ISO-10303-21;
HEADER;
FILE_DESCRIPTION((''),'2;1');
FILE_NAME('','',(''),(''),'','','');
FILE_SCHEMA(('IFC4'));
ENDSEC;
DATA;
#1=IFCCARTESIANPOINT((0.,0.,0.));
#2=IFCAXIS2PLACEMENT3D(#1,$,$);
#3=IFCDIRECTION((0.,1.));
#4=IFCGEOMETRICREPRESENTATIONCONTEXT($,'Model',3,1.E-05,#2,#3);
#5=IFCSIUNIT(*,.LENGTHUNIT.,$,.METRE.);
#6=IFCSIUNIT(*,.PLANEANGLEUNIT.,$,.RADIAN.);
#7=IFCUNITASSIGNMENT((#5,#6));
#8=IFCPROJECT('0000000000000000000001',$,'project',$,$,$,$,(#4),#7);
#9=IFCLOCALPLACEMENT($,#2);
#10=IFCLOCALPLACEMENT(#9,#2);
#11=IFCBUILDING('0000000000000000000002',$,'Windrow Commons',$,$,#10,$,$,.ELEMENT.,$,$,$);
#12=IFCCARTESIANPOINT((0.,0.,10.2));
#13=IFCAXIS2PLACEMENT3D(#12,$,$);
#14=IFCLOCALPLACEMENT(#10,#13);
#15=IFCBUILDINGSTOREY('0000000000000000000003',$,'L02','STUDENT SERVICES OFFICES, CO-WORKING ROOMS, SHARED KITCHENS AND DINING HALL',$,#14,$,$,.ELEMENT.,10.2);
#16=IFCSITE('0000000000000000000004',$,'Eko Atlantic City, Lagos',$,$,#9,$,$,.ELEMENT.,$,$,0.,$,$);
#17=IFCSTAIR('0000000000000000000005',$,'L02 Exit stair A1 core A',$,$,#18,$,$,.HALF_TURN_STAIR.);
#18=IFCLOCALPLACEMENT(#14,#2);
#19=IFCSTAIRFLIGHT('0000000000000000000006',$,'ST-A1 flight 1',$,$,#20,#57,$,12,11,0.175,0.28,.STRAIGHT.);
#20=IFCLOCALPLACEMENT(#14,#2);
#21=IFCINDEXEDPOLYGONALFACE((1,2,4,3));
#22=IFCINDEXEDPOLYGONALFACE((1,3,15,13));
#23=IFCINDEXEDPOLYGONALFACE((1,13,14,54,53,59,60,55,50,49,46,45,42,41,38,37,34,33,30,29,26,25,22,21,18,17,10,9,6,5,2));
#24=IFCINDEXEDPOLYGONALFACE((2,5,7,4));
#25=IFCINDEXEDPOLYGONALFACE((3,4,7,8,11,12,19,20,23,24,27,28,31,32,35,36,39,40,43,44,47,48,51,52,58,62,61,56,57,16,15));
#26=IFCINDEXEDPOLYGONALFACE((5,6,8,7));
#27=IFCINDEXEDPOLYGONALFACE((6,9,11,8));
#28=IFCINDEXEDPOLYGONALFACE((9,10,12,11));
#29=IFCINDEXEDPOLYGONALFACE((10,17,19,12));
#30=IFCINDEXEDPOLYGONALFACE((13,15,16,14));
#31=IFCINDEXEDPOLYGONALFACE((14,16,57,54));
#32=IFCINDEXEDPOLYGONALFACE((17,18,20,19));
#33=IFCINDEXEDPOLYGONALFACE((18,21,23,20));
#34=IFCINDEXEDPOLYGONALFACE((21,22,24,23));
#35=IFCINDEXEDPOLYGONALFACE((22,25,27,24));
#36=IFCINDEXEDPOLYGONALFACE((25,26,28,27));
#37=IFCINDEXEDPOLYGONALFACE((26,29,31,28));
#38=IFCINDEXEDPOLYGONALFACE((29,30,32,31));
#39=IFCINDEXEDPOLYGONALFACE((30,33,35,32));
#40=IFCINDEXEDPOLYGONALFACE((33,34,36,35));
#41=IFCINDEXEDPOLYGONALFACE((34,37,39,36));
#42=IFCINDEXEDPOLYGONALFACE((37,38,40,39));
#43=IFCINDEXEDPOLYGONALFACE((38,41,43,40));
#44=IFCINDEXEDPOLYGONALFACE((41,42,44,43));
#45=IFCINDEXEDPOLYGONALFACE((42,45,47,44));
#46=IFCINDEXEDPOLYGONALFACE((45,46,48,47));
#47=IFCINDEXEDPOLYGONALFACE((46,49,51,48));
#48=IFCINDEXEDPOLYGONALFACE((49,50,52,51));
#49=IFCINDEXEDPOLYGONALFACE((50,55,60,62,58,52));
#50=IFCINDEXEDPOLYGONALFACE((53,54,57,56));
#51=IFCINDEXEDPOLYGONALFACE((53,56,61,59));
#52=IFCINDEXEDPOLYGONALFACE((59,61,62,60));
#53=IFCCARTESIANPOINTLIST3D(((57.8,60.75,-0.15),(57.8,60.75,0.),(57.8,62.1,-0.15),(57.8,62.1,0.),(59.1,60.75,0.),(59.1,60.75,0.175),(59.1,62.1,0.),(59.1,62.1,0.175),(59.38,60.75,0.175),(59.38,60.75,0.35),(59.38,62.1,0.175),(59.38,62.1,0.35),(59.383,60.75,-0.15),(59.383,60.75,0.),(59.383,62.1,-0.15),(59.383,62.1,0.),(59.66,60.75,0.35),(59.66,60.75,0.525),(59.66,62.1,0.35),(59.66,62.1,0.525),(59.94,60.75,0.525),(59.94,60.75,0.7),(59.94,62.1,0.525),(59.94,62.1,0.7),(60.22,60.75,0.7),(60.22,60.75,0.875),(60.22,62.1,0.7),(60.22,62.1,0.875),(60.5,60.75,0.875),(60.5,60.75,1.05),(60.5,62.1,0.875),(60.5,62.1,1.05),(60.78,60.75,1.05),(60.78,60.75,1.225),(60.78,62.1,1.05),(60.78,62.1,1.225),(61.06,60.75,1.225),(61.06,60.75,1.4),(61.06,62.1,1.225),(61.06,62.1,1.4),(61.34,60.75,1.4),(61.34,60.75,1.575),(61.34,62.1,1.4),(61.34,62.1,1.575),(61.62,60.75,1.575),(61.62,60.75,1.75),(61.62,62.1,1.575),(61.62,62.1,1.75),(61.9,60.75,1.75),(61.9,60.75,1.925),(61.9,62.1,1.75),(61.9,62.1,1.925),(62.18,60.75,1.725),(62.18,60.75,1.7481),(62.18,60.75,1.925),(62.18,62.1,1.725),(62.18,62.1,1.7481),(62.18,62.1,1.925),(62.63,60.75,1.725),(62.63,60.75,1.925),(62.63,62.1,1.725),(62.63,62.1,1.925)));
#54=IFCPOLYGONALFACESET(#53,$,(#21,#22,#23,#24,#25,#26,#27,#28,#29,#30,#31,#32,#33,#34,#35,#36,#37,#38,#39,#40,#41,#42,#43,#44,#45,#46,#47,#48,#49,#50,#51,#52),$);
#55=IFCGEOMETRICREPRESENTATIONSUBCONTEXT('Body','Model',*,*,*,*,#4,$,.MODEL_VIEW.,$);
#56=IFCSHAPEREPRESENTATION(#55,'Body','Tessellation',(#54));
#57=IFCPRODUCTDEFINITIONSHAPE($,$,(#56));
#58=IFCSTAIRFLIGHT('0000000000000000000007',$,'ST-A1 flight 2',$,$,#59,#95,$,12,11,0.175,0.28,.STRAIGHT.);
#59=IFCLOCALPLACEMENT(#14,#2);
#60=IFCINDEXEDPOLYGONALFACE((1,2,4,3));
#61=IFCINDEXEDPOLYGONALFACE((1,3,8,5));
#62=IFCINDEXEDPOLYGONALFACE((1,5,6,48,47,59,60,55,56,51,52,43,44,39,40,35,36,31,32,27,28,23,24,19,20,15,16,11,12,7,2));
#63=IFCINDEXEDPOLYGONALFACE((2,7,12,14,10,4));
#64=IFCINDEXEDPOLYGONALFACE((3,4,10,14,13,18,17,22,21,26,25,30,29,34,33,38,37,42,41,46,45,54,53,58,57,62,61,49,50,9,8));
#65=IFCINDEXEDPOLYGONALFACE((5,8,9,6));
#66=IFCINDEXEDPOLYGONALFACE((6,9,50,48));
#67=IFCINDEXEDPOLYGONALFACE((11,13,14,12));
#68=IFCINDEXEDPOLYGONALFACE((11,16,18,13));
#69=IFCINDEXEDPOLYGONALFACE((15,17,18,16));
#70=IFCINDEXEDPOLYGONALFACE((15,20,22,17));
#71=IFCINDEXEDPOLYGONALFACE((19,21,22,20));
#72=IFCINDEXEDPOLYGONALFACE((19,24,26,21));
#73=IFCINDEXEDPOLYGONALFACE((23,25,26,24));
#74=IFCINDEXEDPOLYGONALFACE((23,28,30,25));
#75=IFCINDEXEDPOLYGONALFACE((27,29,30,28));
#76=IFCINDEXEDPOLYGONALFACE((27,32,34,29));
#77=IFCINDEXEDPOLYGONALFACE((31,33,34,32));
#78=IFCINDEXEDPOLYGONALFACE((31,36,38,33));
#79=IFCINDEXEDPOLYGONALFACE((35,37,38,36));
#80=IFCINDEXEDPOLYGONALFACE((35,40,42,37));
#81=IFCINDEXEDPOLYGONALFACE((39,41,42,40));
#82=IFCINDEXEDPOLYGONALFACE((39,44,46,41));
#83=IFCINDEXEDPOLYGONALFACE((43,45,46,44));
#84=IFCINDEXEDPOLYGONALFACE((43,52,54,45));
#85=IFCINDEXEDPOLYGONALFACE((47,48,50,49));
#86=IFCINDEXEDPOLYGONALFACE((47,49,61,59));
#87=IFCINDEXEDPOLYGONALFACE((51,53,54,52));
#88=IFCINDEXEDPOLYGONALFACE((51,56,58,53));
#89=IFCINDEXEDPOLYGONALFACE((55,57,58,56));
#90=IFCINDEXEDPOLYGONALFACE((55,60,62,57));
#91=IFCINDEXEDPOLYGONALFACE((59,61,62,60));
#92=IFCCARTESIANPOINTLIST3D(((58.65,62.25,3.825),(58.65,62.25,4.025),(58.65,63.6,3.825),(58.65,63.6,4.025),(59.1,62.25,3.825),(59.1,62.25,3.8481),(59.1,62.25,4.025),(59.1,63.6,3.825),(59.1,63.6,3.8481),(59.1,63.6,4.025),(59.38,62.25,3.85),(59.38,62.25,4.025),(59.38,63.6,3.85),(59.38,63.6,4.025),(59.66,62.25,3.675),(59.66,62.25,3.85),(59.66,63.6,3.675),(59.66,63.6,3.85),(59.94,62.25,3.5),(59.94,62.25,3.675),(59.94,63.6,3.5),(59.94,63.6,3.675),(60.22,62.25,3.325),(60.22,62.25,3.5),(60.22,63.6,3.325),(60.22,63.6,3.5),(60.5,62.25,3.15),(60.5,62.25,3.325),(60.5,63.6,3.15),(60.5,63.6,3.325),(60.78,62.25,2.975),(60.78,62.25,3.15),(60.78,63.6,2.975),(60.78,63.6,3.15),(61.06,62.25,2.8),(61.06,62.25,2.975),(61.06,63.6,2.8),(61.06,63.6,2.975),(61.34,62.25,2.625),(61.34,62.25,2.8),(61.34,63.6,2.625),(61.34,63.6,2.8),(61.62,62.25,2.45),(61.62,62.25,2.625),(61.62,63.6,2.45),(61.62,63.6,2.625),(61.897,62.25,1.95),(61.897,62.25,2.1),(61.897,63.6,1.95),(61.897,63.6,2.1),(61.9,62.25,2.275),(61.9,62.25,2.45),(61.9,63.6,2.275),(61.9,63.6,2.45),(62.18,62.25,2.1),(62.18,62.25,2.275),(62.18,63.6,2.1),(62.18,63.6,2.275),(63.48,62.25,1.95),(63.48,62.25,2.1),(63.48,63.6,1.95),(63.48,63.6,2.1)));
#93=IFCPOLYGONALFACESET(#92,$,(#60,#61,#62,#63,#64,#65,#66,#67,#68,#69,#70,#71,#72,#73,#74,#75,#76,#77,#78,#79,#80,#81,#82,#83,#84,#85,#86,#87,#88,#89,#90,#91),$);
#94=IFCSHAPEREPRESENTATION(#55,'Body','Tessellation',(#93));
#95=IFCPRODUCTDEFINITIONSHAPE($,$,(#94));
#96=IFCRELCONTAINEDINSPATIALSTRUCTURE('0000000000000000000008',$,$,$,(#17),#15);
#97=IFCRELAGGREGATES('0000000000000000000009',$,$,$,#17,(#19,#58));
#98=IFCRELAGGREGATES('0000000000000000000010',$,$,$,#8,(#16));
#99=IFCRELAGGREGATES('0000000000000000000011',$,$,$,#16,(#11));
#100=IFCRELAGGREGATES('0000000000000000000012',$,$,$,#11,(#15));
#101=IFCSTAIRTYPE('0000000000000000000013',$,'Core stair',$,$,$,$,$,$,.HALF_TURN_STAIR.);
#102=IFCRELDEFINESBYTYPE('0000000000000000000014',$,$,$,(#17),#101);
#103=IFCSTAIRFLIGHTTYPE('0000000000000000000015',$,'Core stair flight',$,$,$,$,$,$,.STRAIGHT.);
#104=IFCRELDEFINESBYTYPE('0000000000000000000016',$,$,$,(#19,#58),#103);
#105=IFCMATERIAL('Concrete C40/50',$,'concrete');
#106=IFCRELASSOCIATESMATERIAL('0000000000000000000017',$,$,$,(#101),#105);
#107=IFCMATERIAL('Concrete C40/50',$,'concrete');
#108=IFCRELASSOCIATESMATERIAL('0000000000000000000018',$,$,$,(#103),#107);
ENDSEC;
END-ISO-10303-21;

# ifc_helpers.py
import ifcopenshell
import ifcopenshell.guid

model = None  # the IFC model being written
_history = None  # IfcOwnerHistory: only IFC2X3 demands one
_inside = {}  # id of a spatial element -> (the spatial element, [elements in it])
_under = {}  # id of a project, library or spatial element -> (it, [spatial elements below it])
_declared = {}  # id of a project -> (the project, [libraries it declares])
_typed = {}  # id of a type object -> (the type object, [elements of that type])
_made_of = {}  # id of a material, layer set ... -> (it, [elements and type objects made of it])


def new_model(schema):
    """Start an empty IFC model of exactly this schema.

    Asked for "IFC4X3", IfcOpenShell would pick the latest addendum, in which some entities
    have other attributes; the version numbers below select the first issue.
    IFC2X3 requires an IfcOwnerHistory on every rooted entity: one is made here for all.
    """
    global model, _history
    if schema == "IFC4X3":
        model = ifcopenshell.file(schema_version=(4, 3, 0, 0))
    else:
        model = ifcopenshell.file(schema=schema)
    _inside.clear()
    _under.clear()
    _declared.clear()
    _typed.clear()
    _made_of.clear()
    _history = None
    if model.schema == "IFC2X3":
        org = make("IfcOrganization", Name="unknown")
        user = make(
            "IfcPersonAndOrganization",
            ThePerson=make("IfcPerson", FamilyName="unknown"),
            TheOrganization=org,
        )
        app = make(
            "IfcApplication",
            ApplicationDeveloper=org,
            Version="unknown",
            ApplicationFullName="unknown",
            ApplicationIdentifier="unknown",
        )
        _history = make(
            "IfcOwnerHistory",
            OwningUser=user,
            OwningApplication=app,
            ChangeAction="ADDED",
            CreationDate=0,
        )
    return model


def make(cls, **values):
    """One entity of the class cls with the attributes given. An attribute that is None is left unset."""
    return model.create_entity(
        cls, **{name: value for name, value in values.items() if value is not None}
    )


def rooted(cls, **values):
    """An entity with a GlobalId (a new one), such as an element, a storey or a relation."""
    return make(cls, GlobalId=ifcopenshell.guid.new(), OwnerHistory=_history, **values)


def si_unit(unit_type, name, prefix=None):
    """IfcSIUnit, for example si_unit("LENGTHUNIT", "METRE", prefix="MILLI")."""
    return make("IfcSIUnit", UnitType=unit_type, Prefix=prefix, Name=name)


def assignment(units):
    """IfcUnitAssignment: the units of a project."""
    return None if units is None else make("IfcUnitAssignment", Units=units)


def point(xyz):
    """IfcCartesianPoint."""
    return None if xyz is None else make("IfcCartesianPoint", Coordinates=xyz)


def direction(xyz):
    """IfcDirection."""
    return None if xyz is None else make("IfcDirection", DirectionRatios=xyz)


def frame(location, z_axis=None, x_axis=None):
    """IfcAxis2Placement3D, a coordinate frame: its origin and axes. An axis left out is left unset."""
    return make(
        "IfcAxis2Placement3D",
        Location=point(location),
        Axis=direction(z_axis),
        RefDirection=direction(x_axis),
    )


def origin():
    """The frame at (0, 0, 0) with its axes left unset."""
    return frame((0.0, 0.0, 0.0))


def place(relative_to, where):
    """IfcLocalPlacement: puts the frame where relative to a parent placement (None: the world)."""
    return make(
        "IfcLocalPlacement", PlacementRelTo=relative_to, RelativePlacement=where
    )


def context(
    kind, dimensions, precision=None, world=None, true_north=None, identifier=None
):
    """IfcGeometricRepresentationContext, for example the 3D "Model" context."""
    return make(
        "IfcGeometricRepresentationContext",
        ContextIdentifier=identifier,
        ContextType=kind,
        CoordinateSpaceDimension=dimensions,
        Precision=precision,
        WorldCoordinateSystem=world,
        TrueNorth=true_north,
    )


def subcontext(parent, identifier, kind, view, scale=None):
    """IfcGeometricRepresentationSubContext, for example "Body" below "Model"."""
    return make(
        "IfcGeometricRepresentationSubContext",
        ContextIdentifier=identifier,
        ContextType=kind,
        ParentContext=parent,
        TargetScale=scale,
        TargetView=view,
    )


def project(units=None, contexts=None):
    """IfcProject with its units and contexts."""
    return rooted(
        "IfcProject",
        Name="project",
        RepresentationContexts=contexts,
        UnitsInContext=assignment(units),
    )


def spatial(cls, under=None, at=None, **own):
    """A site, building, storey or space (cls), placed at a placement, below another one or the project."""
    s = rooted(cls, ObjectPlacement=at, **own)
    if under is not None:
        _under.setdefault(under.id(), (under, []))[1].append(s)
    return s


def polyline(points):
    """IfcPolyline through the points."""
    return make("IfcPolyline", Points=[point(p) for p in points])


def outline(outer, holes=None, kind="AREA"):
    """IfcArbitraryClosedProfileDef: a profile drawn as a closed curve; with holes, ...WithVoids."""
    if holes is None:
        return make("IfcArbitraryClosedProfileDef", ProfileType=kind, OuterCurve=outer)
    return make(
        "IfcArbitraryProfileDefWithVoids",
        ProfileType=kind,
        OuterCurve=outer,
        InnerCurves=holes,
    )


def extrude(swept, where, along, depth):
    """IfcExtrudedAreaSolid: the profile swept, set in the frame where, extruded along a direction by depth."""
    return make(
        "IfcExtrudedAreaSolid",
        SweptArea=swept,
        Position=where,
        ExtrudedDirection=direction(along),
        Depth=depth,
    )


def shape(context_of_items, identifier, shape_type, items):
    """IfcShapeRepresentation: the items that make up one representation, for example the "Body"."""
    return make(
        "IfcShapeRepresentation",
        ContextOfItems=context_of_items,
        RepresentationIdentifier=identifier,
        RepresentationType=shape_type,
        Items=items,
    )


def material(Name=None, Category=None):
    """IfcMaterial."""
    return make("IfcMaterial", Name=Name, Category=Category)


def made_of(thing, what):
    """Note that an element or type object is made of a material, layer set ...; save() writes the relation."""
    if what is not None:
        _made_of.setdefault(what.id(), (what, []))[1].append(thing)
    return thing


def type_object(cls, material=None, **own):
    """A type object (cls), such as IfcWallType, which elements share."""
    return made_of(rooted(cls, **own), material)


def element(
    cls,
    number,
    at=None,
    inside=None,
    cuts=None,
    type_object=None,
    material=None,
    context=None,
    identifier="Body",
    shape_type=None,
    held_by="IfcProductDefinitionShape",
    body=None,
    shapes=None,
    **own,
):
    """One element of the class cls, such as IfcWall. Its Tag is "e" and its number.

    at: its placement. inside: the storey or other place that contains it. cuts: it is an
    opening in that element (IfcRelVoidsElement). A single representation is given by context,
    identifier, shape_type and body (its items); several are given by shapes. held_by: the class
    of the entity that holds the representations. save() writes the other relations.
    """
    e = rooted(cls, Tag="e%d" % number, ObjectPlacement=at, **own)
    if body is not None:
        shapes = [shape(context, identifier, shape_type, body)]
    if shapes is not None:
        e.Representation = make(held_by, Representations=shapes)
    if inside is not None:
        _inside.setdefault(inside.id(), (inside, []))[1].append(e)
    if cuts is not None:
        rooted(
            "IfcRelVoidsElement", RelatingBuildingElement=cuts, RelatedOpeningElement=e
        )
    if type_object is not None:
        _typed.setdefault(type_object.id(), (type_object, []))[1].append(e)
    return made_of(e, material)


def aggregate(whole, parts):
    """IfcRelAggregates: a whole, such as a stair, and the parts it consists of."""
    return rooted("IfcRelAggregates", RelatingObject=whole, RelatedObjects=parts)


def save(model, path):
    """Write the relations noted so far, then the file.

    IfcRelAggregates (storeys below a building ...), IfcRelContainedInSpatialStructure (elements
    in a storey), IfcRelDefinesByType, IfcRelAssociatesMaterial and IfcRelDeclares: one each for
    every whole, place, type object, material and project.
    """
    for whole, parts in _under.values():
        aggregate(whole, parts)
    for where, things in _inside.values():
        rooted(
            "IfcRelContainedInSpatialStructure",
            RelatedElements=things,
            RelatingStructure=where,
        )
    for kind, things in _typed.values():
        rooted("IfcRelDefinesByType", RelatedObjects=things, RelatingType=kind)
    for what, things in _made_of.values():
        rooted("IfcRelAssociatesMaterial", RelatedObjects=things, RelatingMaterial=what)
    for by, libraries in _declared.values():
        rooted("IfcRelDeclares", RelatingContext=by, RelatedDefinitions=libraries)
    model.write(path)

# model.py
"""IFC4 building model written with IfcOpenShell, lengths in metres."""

from ifc_helpers import new_model, si_unit, direction, frame, origin, place, context, subcontext, project, spatial, polyline, outline, extrude, material, type_object, element, aggregate, save


model = new_model("IFC4")

# Units and contexts
model_context = context("Model", 3, precision=1e-05, world=origin(), true_north=direction((0.0, 1.0)))
body_context = subcontext(model_context, "Body", "Model", "MODEL_VIEW")
ifc_project = project(units=[si_unit("LENGTHUNIT", "METRE"), si_unit("PLANEANGLEUNIT", "RADIAN")], contexts=[model_context])

# Site, building, storey
site_placement = place(None, origin())
site = spatial("IfcSite", under=ifc_project, at=site_placement, Name="Eko Atlantic City, Lagos", CompositionType="ELEMENT", RefElevation=0.0)
building_placement = place(site_placement, origin())
building = spatial("IfcBuilding", under=site, at=building_placement, Name="Windrow Commons", CompositionType="ELEMENT")
storey_placement = place(building_placement, frame((0.0, 0.0, 10.2)))
storey = spatial("IfcBuildingStorey", under=building, at=storey_placement, Name="L02", Description="STUDENT SERVICES OFFICES, CO-WORKING ROOMS, SHARED KITCHENS AND DINING HALL", CompositionType="ELEMENT", Elevation=10.2)

# Stair, stair flights
ifc_material_1 = material(Name="Concrete C40/50", Category="concrete")
stair_type = type_object("IfcStairType", Name="Core stair", PredefinedType="HALF_TURN_STAIR", material=ifc_material_1)
stair_placement = place(storey_placement, origin())
stair = element("IfcStair", 1, at=stair_placement, inside=storey, type_object=stair_type, Name="L02 Exit stair A1 core A", PredefinedType="HALF_TURN_STAIR")
ifc_material_2 = material(Name="Concrete C40/50", Category="concrete")
stair_flight_type = type_object("IfcStairFlightType", Name="Core stair flight", PredefinedType="STRAIGHT", material=ifc_material_2)
stair_flight_1_placement = place(storey_placement, frame((59.1, 61.425, 0.0), z_axis=(0.0, 0.0, 1.0), x_axis=(1.0, 0.0, 0.0)))
stair_flight_1 = element("IfcStairFlight", 2, at=stair_flight_1_placement, type_object=stair_flight_type, Name="ST-A1 flight 1", NumberOfRisers=12, NumberOfTreads=11, PredefinedType="STRAIGHT", RiserHeight=0.175, TreadLength=0.28, context=body_context, shape_type="SweptSolid", body=[
    extrude(outline(polyline([(-1.3, -0.15), (-1.3, 0.0), (0.0, 0.0), (0.0, 0.175), (0.28, 0.175), (0.28, 0.35), (0.56, 0.35), (0.56, 0.525), (0.84, 0.525), (0.84, 0.7), (1.12, 0.7), (1.12, 0.875), (1.4, 0.875), (1.4, 1.05), (1.68, 1.05), (1.68, 1.225), (1.96, 1.225), (1.96, 1.4), (2.24, 1.4), (2.24, 1.575), (2.52, 1.575), (2.52, 1.75), (2.8, 1.75), (2.8, 1.925), (3.08, 1.925), (3.53, 1.925), (3.53, 1.725), (3.08, 1.725), (3.08, 1.7481), (0.283, 0.0), (0.283, -0.15), (-1.3, -0.15)])), frame((0.0, 0.675, 0.0), z_axis=(0.0, -1.0, 0.0), x_axis=(1.0, 0.0, 0.0)), (0.0, 0.0, 1.0), 1.35),
])
stair_flight_2_placement = place(storey_placement, frame((62.18, 62.925, 2.1), z_axis=(0.0, 0.0, 1.0), x_axis=(-1.0, 0.0, 0.0)))
stair_flight_2 = element("IfcStairFlight", 3, at=stair_flight_2_placement, type_object=stair_flight_type, Name="ST-A1 flight 2", NumberOfRisers=12, NumberOfTreads=11, PredefinedType="STRAIGHT", RiserHeight=0.175, TreadLength=0.28, context=body_context, shape_type="SweptSolid", body=[
    extrude(outline(polyline([(-1.3, -0.15), (-1.3, 0.0), (0.0, 0.0), (0.0, 0.175), (0.28, 0.175), (0.28, 0.35), (0.56, 0.35), (0.56, 0.525), (0.84, 0.525), (0.84, 0.7), (1.12, 0.7), (1.12, 0.875), (1.4, 0.875), (1.4, 1.05), (1.68, 1.05), (1.68, 1.225), (1.96, 1.225), (1.96, 1.4), (2.24, 1.4), (2.24, 1.575), (2.52, 1.575), (2.52, 1.75), (2.8, 1.75), (2.8, 1.925), (3.08, 1.925), (3.53, 1.925), (3.53, 1.725), (3.08, 1.725), (3.08, 1.7481), (0.283, 0.0), (0.283, -0.15), (-1.3, -0.15)])), frame((0.0, 0.675, 0.0), z_axis=(0.0, -1.0, 0.0), x_axis=(1.0, 0.0, 0.0)), (0.0, 0.0, 1.0), 1.35),
])
aggregate(stair, [stair_flight_1, stair_flight_2])

save(model, "model.ifc")
